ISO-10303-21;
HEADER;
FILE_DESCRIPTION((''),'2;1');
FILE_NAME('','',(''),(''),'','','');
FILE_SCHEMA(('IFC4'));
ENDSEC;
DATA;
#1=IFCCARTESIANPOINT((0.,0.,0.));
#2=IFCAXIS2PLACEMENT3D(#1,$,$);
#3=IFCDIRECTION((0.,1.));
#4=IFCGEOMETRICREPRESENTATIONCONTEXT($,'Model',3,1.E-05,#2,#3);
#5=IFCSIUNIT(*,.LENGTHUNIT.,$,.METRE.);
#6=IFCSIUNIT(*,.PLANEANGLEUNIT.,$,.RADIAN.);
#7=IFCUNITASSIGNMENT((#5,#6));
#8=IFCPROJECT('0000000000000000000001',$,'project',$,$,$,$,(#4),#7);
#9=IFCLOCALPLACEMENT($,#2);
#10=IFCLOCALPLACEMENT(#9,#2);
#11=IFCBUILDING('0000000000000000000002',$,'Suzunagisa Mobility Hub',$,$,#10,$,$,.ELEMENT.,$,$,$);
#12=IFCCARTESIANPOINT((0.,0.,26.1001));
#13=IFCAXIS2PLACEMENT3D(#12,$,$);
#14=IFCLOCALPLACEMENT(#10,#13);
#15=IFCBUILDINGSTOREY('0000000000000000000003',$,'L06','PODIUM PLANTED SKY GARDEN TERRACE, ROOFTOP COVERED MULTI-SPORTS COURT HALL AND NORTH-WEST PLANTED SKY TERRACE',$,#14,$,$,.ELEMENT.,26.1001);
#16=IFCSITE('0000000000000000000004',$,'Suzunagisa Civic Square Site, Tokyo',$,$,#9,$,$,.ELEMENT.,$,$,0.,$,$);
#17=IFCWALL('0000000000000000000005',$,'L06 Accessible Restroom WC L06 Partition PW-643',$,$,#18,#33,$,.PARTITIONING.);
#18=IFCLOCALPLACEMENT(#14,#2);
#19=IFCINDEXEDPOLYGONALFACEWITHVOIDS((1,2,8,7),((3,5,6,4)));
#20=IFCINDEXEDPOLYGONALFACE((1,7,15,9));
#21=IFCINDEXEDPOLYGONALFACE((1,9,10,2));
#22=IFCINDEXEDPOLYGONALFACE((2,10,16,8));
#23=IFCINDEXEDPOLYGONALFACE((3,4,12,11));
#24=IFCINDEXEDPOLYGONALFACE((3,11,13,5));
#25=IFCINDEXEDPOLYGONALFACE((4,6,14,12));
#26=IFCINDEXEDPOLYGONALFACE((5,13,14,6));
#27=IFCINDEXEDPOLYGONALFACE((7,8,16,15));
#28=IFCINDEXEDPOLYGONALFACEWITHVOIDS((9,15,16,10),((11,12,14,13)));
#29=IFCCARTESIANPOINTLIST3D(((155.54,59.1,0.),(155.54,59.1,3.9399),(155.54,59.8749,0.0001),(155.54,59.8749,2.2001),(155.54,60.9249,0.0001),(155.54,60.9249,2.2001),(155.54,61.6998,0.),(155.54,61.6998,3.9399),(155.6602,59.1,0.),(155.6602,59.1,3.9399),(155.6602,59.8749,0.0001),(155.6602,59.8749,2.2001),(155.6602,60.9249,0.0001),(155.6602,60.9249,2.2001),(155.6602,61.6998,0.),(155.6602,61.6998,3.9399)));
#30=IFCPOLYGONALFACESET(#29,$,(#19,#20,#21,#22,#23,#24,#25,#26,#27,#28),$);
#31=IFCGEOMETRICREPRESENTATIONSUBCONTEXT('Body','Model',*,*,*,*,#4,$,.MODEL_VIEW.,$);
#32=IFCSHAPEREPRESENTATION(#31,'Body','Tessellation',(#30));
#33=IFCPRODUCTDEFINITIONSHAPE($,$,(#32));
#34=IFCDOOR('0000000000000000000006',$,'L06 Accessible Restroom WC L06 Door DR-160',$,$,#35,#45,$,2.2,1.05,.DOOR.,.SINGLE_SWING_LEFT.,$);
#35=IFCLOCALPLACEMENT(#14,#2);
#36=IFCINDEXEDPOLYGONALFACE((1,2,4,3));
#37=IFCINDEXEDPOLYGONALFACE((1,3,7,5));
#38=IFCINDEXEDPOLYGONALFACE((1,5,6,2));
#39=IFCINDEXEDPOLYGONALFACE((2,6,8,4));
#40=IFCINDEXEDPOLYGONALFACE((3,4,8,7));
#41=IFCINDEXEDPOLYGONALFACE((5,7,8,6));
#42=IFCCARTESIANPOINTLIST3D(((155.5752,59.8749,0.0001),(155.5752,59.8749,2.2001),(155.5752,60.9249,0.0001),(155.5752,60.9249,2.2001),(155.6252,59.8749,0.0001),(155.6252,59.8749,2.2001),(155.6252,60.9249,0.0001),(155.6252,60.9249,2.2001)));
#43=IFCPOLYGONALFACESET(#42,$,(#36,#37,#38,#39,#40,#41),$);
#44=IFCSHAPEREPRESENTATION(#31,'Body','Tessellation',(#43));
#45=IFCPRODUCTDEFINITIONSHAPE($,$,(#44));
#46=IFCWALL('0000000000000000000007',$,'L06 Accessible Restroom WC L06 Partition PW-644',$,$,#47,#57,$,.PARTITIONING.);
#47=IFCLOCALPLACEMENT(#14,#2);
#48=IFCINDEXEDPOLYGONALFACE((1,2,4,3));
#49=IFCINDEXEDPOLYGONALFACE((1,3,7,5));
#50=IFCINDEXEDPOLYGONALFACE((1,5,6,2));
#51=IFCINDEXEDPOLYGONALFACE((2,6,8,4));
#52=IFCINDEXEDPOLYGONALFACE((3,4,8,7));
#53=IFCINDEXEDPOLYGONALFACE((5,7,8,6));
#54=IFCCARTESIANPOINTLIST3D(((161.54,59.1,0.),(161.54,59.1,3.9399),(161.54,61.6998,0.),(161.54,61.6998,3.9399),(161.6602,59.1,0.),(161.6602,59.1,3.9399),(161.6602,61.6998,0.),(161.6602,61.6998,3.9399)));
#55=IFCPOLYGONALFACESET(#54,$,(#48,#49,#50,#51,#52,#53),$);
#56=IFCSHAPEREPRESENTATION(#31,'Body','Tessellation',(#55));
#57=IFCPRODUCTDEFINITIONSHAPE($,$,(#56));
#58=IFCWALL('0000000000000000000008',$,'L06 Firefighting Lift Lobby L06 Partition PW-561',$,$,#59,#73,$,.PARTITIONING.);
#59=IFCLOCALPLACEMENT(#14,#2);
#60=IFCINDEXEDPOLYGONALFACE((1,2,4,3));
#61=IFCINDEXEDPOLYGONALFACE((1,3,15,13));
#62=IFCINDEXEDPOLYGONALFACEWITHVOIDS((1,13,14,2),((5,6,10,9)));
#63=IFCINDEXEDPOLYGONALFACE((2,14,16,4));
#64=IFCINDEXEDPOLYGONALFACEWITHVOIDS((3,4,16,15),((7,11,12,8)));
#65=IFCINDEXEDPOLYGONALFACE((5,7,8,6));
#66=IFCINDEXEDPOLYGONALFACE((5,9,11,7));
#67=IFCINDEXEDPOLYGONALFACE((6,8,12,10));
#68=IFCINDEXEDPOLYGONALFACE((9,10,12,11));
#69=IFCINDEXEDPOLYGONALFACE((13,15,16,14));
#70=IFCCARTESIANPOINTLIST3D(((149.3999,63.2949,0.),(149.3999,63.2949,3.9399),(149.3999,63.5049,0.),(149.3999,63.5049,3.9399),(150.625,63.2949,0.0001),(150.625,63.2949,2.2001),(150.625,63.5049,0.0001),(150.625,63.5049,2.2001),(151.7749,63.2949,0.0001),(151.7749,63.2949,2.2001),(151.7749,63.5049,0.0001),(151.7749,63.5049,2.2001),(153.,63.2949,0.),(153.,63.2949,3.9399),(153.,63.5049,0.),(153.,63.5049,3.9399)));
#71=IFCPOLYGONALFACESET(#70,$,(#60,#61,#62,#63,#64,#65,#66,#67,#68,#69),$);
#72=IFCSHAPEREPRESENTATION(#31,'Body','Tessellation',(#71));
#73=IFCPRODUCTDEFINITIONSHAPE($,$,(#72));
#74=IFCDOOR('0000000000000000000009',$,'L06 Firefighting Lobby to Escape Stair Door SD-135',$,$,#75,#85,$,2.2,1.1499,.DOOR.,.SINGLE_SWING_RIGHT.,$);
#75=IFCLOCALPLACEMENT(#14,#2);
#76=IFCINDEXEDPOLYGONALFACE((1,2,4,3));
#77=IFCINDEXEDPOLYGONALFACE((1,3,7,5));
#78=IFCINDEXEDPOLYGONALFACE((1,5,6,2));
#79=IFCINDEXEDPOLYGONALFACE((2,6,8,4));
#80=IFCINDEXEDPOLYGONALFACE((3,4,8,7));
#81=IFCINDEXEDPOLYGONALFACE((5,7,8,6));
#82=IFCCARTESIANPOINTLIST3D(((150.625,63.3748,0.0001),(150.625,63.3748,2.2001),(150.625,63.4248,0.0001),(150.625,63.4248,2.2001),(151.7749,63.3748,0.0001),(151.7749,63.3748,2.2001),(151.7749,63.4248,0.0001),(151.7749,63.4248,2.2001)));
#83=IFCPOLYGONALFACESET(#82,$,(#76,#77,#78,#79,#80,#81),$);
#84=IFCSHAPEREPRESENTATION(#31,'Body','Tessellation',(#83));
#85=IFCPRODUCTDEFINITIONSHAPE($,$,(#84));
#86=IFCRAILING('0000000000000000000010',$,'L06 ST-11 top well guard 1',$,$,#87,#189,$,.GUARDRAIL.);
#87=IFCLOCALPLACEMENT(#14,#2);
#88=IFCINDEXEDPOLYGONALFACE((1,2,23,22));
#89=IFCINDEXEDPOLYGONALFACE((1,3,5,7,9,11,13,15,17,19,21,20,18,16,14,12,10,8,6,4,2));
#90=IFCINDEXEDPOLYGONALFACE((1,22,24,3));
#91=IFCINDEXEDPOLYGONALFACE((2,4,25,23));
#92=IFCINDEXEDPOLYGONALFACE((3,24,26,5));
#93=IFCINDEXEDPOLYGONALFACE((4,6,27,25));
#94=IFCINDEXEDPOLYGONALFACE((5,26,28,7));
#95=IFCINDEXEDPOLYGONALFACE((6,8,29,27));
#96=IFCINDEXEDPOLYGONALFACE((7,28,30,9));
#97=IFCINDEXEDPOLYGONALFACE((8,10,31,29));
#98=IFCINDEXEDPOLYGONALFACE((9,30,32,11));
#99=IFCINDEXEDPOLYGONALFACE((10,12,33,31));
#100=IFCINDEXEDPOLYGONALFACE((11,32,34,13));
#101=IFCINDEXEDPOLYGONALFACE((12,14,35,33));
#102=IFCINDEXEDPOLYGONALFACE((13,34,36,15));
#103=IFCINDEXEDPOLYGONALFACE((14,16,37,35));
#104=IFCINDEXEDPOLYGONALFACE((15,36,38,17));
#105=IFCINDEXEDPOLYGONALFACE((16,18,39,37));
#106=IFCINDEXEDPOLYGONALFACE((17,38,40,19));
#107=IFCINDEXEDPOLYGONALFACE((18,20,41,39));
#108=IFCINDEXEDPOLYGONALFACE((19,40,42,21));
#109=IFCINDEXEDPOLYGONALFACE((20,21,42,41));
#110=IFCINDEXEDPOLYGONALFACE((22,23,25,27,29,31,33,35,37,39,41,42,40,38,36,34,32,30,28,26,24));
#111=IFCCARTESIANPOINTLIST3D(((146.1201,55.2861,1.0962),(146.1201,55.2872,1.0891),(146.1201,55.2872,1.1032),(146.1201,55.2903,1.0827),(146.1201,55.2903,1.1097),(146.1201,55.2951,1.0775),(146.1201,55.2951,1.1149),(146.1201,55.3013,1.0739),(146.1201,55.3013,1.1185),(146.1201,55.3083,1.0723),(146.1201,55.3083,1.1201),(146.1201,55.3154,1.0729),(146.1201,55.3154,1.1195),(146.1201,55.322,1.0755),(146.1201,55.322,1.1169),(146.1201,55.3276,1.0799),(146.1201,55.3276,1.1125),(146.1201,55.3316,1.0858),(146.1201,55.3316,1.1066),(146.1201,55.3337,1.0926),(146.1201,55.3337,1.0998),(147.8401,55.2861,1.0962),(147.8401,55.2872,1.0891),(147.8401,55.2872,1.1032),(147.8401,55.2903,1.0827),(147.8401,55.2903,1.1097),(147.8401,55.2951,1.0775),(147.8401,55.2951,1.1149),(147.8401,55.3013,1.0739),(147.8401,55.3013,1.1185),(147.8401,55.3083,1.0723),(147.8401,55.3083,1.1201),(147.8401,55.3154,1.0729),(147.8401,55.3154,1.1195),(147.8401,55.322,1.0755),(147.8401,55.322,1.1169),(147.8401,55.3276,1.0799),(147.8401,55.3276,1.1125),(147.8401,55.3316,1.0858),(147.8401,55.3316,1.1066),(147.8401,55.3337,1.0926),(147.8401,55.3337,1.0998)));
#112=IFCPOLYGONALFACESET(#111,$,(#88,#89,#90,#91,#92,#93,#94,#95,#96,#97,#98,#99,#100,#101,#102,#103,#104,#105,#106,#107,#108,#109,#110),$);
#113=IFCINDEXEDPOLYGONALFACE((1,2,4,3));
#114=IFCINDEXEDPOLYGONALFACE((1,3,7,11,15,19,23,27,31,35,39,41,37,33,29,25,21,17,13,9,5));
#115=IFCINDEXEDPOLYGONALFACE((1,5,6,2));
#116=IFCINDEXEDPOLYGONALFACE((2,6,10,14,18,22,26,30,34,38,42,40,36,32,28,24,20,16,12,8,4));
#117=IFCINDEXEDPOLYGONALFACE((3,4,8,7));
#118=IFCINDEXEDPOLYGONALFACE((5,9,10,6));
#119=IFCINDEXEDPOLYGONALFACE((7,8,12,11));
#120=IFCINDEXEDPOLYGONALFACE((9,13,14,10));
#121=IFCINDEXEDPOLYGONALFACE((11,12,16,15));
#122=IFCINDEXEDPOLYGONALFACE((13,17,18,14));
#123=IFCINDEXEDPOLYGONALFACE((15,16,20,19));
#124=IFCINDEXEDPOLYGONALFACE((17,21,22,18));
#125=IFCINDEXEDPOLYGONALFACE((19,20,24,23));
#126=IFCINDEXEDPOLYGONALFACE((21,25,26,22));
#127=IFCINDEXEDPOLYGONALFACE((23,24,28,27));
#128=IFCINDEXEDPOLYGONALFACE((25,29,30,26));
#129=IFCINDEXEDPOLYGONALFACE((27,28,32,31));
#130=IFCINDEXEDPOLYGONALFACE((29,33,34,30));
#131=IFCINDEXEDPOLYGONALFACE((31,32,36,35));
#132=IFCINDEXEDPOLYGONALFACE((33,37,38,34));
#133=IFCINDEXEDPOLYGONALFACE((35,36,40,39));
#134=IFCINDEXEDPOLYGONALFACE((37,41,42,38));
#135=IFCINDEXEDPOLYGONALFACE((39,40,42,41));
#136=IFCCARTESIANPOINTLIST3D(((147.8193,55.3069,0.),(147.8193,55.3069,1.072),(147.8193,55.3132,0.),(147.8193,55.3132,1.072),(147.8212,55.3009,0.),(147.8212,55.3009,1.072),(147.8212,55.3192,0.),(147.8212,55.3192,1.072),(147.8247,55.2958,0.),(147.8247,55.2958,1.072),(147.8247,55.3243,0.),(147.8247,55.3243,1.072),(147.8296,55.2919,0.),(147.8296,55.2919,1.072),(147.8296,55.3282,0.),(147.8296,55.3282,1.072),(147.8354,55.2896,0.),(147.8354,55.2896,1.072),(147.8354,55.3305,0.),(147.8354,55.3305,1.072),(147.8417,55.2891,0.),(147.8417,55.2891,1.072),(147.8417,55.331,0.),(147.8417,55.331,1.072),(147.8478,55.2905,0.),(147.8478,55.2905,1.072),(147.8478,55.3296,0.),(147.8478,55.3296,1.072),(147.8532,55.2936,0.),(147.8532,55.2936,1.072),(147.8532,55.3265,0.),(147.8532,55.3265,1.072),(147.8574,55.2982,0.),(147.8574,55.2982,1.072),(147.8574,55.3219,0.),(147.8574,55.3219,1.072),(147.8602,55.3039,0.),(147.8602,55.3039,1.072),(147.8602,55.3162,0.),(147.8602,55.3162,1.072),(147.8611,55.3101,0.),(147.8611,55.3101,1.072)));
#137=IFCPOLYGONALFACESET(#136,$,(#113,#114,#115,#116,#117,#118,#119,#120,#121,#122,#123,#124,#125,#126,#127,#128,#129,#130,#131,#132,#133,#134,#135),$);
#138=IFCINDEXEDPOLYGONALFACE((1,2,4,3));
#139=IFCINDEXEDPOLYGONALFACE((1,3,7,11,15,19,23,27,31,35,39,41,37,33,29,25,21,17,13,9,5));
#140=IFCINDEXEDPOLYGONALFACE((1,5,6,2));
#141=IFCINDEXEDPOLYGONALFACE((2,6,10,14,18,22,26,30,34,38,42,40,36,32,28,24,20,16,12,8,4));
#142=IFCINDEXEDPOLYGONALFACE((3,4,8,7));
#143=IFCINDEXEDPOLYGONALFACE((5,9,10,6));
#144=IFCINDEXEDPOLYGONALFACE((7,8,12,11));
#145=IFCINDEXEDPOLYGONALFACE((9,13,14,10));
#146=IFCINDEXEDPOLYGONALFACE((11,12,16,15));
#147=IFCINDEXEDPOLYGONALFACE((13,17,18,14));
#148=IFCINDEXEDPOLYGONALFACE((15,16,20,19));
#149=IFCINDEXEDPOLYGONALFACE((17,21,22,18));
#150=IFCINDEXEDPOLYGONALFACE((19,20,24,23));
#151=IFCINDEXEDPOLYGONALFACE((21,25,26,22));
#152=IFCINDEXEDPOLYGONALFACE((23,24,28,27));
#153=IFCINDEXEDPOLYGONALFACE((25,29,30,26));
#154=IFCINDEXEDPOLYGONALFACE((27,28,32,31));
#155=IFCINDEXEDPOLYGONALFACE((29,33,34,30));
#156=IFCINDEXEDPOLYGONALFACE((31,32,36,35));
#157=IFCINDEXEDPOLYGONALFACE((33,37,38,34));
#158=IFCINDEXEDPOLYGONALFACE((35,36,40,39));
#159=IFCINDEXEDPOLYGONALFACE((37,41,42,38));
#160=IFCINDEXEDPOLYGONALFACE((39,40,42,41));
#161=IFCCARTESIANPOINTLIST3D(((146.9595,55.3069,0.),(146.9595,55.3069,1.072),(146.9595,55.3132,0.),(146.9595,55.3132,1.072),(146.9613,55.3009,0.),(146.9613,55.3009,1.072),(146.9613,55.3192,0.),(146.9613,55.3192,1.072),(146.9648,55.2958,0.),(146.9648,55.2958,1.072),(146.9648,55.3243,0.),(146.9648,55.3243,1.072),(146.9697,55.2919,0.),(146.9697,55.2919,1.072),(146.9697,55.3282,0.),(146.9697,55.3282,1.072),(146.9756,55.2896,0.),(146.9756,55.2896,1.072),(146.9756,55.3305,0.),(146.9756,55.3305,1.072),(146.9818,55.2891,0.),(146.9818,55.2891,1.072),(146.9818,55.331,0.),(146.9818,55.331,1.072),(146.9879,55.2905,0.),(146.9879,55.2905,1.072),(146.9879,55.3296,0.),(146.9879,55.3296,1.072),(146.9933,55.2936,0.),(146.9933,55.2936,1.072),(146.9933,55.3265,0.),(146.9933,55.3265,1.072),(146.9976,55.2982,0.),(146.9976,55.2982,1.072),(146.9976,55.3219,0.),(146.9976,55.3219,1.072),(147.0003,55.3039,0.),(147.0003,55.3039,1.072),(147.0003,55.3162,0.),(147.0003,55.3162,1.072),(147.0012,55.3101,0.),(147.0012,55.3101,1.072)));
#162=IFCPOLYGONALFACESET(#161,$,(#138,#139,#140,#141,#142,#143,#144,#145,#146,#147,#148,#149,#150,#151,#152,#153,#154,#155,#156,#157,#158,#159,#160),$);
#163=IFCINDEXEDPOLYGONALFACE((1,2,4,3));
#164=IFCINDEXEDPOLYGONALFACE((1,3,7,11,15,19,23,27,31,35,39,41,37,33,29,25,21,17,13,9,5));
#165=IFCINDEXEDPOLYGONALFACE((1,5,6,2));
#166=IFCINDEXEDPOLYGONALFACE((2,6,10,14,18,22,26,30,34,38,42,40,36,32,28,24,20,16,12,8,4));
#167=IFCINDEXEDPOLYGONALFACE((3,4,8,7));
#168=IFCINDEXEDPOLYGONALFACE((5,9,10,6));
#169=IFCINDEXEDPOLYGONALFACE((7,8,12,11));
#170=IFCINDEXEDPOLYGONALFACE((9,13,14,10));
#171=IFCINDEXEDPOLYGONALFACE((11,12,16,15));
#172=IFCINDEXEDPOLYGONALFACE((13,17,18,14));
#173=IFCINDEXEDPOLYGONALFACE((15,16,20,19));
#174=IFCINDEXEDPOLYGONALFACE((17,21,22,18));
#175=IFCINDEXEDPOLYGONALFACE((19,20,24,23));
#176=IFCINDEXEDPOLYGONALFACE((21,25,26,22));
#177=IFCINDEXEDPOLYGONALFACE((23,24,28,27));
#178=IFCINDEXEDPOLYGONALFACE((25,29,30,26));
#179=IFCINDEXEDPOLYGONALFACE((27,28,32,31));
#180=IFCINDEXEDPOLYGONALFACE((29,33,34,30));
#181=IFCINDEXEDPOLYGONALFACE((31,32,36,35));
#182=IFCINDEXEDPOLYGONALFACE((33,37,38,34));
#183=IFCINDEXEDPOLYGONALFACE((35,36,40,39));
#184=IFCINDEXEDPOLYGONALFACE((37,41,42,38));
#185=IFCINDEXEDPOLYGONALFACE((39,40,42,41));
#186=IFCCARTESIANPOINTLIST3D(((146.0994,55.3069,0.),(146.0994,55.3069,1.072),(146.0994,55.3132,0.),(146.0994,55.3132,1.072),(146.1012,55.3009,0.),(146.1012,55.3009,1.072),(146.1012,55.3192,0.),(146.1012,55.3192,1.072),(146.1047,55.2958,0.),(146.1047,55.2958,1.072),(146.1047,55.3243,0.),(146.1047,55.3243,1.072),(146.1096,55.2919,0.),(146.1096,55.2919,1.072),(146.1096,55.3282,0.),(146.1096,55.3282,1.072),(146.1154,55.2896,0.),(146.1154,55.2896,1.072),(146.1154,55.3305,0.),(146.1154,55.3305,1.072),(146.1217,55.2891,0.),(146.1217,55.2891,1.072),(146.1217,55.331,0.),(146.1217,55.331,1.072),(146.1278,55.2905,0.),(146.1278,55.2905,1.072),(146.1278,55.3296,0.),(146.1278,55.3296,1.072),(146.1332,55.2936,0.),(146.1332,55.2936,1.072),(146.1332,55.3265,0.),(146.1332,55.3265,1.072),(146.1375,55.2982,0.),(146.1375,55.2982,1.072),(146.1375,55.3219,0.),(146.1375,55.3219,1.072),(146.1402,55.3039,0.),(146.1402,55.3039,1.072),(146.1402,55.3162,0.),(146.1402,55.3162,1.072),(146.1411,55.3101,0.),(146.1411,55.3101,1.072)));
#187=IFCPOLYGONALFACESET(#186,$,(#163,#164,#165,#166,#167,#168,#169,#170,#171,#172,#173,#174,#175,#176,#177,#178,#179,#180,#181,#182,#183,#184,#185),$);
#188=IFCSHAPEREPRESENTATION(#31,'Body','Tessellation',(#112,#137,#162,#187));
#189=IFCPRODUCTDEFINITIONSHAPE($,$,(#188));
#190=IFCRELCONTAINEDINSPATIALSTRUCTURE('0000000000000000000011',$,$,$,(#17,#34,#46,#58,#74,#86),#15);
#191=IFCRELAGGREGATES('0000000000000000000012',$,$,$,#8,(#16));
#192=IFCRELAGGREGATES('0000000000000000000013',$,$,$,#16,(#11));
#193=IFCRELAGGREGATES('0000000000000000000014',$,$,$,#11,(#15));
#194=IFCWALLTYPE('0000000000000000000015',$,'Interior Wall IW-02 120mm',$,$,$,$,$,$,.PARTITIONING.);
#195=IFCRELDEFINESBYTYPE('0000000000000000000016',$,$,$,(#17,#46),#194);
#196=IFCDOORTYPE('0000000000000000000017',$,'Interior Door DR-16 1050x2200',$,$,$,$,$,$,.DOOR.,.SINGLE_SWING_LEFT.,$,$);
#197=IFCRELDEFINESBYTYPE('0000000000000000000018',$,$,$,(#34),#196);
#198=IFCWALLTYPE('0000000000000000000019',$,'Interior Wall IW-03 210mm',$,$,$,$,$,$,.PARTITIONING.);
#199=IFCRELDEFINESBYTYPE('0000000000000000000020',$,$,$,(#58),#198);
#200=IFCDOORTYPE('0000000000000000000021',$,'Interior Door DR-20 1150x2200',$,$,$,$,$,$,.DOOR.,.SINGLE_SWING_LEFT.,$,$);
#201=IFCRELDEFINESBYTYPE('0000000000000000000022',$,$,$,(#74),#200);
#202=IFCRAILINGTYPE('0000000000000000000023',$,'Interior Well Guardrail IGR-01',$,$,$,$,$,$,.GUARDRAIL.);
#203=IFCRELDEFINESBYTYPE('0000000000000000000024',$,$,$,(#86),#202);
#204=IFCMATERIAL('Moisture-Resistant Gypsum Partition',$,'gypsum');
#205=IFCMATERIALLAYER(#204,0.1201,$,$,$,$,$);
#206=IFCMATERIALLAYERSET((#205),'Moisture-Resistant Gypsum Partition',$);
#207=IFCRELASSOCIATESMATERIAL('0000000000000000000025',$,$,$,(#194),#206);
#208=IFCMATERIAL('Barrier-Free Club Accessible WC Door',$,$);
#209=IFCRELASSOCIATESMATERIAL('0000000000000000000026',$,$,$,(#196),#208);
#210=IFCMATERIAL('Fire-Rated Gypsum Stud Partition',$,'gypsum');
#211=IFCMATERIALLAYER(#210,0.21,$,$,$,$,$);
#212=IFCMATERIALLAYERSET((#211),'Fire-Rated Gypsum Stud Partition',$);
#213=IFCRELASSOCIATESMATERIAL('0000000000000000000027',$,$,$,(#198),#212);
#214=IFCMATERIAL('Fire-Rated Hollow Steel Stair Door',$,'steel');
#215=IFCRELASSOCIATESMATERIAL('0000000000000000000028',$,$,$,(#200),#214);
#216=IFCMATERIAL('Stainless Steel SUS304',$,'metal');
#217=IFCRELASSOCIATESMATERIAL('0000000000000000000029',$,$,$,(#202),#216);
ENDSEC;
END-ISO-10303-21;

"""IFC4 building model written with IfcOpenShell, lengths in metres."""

from ifc_helpers import new_model, si_unit, direction, frame, frame_2d, origin, origin_2d, place, context, subcontext, project, spatial, rectangle, circle, extrude, material, layer, layer_set, type_object, element, fill, save


model = new_model("IFC4")

# Units and contexts
model_context = context("Model", 3, precision=1e-05, world=origin(), true_north=direction((0.0, 1.0)))
body_context = subcontext(model_context, "Body", "Model", "MODEL_VIEW")
ifc_project = project(units=[si_unit("LENGTHUNIT", "METRE"), si_unit("PLANEANGLEUNIT", "RADIAN")], contexts=[model_context])

# Site, building, storey
site_placement = place(None, origin())
site = spatial("IfcSite", under=ifc_project, at=site_placement, Name="Suzunagisa Civic Square Site, Tokyo", CompositionType="ELEMENT", RefElevation=0.0)
building_placement = place(site_placement, origin())
building = spatial("IfcBuilding", under=site, at=building_placement, Name="Suzunagisa Mobility Hub", CompositionType="ELEMENT")
storey_placement = place(building_placement, frame((0.0, 0.0, 26.1001)))
storey = spatial("IfcBuildingStorey", under=building, at=storey_placement, Name="L06", Description="PODIUM PLANTED SKY GARDEN TERRACE, ROOFTOP COVERED MULTI-SPORTS COURT HALL AND NORTH-WEST PLANTED SKY TERRACE", CompositionType="ELEMENT", Elevation=26.1001)

# Shared definitions
ifc_material_1 = material(Name="Fire-Rated Hollow Steel Stair Door", Category="steel")

# Shared definitions
ifc_material_2 = material(Name="Moisture-Resistant Gypsum Partition", Category="gypsum")
ifc_layer_1 = layer(ifc_material_2, 0.1201)
ifc_layer_set_1 = layer_set([ifc_layer_1], Name="Moisture-Resistant Gypsum Partition")
wall_type_1 = type_object("IfcWallType", Name="Interior Wall IW-02 120mm", PredefinedType="PARTITIONING", material=ifc_layer_set_1)

# Wall, opening, door
wall_1_placement = place(storey_placement, frame((155.6001, 59.1001, 0.0), z_axis=(0.0, 0.0, 1.0), x_axis=(0.0, 1.0, 0.0)))
wall_1 = element("IfcWall", 1, at=wall_1_placement, inside=storey, type_object=wall_type_1, Name="L06 Accessible Restroom WC L06 Partition PW-643", PredefinedType="PARTITIONING", context=body_context, shape_type="SweptSolid", body=[
    extrude(rectangle(XDim=2.5999, YDim=0.1201, at=frame_2d((1.2998, 0.0))), origin(), (0.0, 0.0, 1.0), 3.9399),
])
opening_1_placement = place(wall_1_placement, frame((0.7749, 0.0, 0.0)))
opening_1 = element("IfcOpeningElement", 2, at=opening_1_placement, cuts=wall_1, PredefinedType="OPENING", context=body_context, shape_type="SweptSolid", body=[
    extrude(rectangle(XDim=1.05, YDim=2.2, at=frame_2d((0.5249, 1.1001))), frame((0.0, 0.071, 0.0), z_axis=(0.0, -1.0, 0.0), x_axis=(1.0, 0.0, 0.0)), (0.0, 0.0, 1.0), 0.1421),
])
ifc_material_3 = material(Name="Barrier-Free Club Accessible WC Door")
door_type_1 = type_object("IfcDoorType", Name="Interior Door DR-16 1050x2200", OperationType="SINGLE_SWING_LEFT", PredefinedType="DOOR", material=ifc_material_3)
door_1_placement = place(opening_1_placement, origin())
door_1 = element("IfcDoor", 3, at=door_1_placement, inside=storey, type_object=door_type_1, Name="L06 Accessible Restroom WC L06 Door DR-160", OperationType="SINGLE_SWING_LEFT", OverallHeight=2.2, OverallWidth=1.05, PredefinedType="DOOR", context=body_context, shape_type="SweptSolid", body=[
    extrude(rectangle(XDim=1.05, YDim=2.2, at=frame_2d((0.5249, 1.1001))), frame((0.0, 0.0249, 0.0), z_axis=(0.0, -1.0, 0.0), x_axis=(1.0, 0.0, 0.0)), (0.0, 0.0, 1.0), 0.05),
])
fill(opening_1, door_1)

# Wall
wall_2_placement = place(storey_placement, frame((161.6001, 59.1001, 0.0), z_axis=(0.0, 0.0, 1.0), x_axis=(0.0, 1.0, 0.0)))
element("IfcWall", 4, at=wall_2_placement, inside=storey, type_object=wall_type_1, Name="L06 Accessible Restroom WC L06 Partition PW-644", PredefinedType="PARTITIONING", context=body_context, shape_type="SweptSolid", body=[
    extrude(rectangle(XDim=2.5999, YDim=0.1201, at=frame_2d((1.2998, 0.0))), origin(), (0.0, 0.0, 1.0), 3.9399),
])

# Wall, opening, door
ifc_material_4 = material(Name="Fire-Rated Gypsum Stud Partition", Category="gypsum")
ifc_layer_2 = layer(ifc_material_4, 0.21)
ifc_layer_set_2 = layer_set([ifc_layer_2], Name="Fire-Rated Gypsum Stud Partition")
wall_type_2 = type_object("IfcWallType", Name="Interior Wall IW-03 210mm", PredefinedType="PARTITIONING", material=ifc_layer_set_2)
wall_3_placement = place(storey_placement, frame((149.3999, 63.3999, 0.0), z_axis=(0.0, 0.0, 1.0), x_axis=(1.0, 0.0, 0.0)))
wall_3 = element("IfcWall", 5, at=wall_3_placement, inside=storey, type_object=wall_type_2, Name="L06 Firefighting Lift Lobby L06 Partition PW-561", PredefinedType="PARTITIONING", context=body_context, shape_type="SweptSolid", body=[
    extrude(rectangle(XDim=3.6001, YDim=0.21, at=frame_2d((1.8, 0.0))), origin(), (0.0, 0.0, 1.0), 3.9399),
])
opening_2_placement = place(wall_3_placement, frame((1.2251, 0.0, 0.0)))
opening_2 = element("IfcOpeningElement", 6, at=opening_2_placement, cuts=wall_3, PredefinedType="OPENING", context=body_context, shape_type="SweptSolid", body=[
    extrude(rectangle(XDim=1.1499, YDim=2.2, at=frame_2d((0.575, 1.1001))), frame((0.0, 0.116, 0.0), z_axis=(0.0, -1.0, 0.0), x_axis=(1.0, 0.0, 0.0)), (0.0, 0.0, 1.0), 0.2319),
])
door_type_2 = type_object("IfcDoorType", Name="Interior Door DR-20 1150x2200", OperationType="SINGLE_SWING_LEFT", PredefinedType="DOOR", material=ifc_material_1)
door_2_placement = place(opening_2_placement, origin())
door_2 = element("IfcDoor", 7, at=door_2_placement, inside=storey, type_object=door_type_2, Name="L06 Firefighting Lobby to Escape Stair Door SD-135", OperationType="SINGLE_SWING_RIGHT", OverallHeight=2.2, OverallWidth=1.1499, PredefinedType="DOOR", context=body_context, shape_type="SweptSolid", body=[
    extrude(rectangle(XDim=1.1499, YDim=2.2, at=frame_2d((0.575, 1.1001))), frame((0.0, 0.0249, 0.0), z_axis=(0.0, -1.0, 0.0), x_axis=(1.0, 0.0, 0.0)), (0.0, 0.0, 1.0), 0.05),
])
fill(opening_2, door_2)

# Railing
ifc_material_5 = material(Name="Stainless Steel SUS304", Category="metal")
railing_type = type_object("IfcRailingType", Name="Interior Well Guardrail IGR-01", PredefinedType="GUARDRAIL", material=ifc_material_5)
railing_placement = place(storey_placement, frame((147.8401, 55.3101, 0.0)))
element("IfcRailing", 8, at=railing_placement, inside=storey, type_object=railing_type, Name="L06 ST-11 top well guard 1", PredefinedType="GUARDRAIL", context=body_context, shape_type="SweptSolid", body=[
    extrude(circle(Radius=0.0239, at=origin_2d()), frame((0.0, 0.0, 1.0962), z_axis=(-1.0, 0.0, 0.0), x_axis=(0.0, -1.0, 0.0)), (0.0, 0.0, 1.0), 1.72),
    extrude(circle(Radius=0.021, at=origin_2d()), origin(), (0.0, 0.0, 1.0), 1.072),
    extrude(circle(Radius=0.021, at=origin_2d()), frame((-0.8599, 0.0, 0.0)), (0.0, 0.0, 1.0), 1.072),
    extrude(circle(Radius=0.021, at=origin_2d()), frame((-1.72, 0.0, 0.0)), (0.0, 0.0, 1.0), 1.072),
])

save(model, "model.ifc")
